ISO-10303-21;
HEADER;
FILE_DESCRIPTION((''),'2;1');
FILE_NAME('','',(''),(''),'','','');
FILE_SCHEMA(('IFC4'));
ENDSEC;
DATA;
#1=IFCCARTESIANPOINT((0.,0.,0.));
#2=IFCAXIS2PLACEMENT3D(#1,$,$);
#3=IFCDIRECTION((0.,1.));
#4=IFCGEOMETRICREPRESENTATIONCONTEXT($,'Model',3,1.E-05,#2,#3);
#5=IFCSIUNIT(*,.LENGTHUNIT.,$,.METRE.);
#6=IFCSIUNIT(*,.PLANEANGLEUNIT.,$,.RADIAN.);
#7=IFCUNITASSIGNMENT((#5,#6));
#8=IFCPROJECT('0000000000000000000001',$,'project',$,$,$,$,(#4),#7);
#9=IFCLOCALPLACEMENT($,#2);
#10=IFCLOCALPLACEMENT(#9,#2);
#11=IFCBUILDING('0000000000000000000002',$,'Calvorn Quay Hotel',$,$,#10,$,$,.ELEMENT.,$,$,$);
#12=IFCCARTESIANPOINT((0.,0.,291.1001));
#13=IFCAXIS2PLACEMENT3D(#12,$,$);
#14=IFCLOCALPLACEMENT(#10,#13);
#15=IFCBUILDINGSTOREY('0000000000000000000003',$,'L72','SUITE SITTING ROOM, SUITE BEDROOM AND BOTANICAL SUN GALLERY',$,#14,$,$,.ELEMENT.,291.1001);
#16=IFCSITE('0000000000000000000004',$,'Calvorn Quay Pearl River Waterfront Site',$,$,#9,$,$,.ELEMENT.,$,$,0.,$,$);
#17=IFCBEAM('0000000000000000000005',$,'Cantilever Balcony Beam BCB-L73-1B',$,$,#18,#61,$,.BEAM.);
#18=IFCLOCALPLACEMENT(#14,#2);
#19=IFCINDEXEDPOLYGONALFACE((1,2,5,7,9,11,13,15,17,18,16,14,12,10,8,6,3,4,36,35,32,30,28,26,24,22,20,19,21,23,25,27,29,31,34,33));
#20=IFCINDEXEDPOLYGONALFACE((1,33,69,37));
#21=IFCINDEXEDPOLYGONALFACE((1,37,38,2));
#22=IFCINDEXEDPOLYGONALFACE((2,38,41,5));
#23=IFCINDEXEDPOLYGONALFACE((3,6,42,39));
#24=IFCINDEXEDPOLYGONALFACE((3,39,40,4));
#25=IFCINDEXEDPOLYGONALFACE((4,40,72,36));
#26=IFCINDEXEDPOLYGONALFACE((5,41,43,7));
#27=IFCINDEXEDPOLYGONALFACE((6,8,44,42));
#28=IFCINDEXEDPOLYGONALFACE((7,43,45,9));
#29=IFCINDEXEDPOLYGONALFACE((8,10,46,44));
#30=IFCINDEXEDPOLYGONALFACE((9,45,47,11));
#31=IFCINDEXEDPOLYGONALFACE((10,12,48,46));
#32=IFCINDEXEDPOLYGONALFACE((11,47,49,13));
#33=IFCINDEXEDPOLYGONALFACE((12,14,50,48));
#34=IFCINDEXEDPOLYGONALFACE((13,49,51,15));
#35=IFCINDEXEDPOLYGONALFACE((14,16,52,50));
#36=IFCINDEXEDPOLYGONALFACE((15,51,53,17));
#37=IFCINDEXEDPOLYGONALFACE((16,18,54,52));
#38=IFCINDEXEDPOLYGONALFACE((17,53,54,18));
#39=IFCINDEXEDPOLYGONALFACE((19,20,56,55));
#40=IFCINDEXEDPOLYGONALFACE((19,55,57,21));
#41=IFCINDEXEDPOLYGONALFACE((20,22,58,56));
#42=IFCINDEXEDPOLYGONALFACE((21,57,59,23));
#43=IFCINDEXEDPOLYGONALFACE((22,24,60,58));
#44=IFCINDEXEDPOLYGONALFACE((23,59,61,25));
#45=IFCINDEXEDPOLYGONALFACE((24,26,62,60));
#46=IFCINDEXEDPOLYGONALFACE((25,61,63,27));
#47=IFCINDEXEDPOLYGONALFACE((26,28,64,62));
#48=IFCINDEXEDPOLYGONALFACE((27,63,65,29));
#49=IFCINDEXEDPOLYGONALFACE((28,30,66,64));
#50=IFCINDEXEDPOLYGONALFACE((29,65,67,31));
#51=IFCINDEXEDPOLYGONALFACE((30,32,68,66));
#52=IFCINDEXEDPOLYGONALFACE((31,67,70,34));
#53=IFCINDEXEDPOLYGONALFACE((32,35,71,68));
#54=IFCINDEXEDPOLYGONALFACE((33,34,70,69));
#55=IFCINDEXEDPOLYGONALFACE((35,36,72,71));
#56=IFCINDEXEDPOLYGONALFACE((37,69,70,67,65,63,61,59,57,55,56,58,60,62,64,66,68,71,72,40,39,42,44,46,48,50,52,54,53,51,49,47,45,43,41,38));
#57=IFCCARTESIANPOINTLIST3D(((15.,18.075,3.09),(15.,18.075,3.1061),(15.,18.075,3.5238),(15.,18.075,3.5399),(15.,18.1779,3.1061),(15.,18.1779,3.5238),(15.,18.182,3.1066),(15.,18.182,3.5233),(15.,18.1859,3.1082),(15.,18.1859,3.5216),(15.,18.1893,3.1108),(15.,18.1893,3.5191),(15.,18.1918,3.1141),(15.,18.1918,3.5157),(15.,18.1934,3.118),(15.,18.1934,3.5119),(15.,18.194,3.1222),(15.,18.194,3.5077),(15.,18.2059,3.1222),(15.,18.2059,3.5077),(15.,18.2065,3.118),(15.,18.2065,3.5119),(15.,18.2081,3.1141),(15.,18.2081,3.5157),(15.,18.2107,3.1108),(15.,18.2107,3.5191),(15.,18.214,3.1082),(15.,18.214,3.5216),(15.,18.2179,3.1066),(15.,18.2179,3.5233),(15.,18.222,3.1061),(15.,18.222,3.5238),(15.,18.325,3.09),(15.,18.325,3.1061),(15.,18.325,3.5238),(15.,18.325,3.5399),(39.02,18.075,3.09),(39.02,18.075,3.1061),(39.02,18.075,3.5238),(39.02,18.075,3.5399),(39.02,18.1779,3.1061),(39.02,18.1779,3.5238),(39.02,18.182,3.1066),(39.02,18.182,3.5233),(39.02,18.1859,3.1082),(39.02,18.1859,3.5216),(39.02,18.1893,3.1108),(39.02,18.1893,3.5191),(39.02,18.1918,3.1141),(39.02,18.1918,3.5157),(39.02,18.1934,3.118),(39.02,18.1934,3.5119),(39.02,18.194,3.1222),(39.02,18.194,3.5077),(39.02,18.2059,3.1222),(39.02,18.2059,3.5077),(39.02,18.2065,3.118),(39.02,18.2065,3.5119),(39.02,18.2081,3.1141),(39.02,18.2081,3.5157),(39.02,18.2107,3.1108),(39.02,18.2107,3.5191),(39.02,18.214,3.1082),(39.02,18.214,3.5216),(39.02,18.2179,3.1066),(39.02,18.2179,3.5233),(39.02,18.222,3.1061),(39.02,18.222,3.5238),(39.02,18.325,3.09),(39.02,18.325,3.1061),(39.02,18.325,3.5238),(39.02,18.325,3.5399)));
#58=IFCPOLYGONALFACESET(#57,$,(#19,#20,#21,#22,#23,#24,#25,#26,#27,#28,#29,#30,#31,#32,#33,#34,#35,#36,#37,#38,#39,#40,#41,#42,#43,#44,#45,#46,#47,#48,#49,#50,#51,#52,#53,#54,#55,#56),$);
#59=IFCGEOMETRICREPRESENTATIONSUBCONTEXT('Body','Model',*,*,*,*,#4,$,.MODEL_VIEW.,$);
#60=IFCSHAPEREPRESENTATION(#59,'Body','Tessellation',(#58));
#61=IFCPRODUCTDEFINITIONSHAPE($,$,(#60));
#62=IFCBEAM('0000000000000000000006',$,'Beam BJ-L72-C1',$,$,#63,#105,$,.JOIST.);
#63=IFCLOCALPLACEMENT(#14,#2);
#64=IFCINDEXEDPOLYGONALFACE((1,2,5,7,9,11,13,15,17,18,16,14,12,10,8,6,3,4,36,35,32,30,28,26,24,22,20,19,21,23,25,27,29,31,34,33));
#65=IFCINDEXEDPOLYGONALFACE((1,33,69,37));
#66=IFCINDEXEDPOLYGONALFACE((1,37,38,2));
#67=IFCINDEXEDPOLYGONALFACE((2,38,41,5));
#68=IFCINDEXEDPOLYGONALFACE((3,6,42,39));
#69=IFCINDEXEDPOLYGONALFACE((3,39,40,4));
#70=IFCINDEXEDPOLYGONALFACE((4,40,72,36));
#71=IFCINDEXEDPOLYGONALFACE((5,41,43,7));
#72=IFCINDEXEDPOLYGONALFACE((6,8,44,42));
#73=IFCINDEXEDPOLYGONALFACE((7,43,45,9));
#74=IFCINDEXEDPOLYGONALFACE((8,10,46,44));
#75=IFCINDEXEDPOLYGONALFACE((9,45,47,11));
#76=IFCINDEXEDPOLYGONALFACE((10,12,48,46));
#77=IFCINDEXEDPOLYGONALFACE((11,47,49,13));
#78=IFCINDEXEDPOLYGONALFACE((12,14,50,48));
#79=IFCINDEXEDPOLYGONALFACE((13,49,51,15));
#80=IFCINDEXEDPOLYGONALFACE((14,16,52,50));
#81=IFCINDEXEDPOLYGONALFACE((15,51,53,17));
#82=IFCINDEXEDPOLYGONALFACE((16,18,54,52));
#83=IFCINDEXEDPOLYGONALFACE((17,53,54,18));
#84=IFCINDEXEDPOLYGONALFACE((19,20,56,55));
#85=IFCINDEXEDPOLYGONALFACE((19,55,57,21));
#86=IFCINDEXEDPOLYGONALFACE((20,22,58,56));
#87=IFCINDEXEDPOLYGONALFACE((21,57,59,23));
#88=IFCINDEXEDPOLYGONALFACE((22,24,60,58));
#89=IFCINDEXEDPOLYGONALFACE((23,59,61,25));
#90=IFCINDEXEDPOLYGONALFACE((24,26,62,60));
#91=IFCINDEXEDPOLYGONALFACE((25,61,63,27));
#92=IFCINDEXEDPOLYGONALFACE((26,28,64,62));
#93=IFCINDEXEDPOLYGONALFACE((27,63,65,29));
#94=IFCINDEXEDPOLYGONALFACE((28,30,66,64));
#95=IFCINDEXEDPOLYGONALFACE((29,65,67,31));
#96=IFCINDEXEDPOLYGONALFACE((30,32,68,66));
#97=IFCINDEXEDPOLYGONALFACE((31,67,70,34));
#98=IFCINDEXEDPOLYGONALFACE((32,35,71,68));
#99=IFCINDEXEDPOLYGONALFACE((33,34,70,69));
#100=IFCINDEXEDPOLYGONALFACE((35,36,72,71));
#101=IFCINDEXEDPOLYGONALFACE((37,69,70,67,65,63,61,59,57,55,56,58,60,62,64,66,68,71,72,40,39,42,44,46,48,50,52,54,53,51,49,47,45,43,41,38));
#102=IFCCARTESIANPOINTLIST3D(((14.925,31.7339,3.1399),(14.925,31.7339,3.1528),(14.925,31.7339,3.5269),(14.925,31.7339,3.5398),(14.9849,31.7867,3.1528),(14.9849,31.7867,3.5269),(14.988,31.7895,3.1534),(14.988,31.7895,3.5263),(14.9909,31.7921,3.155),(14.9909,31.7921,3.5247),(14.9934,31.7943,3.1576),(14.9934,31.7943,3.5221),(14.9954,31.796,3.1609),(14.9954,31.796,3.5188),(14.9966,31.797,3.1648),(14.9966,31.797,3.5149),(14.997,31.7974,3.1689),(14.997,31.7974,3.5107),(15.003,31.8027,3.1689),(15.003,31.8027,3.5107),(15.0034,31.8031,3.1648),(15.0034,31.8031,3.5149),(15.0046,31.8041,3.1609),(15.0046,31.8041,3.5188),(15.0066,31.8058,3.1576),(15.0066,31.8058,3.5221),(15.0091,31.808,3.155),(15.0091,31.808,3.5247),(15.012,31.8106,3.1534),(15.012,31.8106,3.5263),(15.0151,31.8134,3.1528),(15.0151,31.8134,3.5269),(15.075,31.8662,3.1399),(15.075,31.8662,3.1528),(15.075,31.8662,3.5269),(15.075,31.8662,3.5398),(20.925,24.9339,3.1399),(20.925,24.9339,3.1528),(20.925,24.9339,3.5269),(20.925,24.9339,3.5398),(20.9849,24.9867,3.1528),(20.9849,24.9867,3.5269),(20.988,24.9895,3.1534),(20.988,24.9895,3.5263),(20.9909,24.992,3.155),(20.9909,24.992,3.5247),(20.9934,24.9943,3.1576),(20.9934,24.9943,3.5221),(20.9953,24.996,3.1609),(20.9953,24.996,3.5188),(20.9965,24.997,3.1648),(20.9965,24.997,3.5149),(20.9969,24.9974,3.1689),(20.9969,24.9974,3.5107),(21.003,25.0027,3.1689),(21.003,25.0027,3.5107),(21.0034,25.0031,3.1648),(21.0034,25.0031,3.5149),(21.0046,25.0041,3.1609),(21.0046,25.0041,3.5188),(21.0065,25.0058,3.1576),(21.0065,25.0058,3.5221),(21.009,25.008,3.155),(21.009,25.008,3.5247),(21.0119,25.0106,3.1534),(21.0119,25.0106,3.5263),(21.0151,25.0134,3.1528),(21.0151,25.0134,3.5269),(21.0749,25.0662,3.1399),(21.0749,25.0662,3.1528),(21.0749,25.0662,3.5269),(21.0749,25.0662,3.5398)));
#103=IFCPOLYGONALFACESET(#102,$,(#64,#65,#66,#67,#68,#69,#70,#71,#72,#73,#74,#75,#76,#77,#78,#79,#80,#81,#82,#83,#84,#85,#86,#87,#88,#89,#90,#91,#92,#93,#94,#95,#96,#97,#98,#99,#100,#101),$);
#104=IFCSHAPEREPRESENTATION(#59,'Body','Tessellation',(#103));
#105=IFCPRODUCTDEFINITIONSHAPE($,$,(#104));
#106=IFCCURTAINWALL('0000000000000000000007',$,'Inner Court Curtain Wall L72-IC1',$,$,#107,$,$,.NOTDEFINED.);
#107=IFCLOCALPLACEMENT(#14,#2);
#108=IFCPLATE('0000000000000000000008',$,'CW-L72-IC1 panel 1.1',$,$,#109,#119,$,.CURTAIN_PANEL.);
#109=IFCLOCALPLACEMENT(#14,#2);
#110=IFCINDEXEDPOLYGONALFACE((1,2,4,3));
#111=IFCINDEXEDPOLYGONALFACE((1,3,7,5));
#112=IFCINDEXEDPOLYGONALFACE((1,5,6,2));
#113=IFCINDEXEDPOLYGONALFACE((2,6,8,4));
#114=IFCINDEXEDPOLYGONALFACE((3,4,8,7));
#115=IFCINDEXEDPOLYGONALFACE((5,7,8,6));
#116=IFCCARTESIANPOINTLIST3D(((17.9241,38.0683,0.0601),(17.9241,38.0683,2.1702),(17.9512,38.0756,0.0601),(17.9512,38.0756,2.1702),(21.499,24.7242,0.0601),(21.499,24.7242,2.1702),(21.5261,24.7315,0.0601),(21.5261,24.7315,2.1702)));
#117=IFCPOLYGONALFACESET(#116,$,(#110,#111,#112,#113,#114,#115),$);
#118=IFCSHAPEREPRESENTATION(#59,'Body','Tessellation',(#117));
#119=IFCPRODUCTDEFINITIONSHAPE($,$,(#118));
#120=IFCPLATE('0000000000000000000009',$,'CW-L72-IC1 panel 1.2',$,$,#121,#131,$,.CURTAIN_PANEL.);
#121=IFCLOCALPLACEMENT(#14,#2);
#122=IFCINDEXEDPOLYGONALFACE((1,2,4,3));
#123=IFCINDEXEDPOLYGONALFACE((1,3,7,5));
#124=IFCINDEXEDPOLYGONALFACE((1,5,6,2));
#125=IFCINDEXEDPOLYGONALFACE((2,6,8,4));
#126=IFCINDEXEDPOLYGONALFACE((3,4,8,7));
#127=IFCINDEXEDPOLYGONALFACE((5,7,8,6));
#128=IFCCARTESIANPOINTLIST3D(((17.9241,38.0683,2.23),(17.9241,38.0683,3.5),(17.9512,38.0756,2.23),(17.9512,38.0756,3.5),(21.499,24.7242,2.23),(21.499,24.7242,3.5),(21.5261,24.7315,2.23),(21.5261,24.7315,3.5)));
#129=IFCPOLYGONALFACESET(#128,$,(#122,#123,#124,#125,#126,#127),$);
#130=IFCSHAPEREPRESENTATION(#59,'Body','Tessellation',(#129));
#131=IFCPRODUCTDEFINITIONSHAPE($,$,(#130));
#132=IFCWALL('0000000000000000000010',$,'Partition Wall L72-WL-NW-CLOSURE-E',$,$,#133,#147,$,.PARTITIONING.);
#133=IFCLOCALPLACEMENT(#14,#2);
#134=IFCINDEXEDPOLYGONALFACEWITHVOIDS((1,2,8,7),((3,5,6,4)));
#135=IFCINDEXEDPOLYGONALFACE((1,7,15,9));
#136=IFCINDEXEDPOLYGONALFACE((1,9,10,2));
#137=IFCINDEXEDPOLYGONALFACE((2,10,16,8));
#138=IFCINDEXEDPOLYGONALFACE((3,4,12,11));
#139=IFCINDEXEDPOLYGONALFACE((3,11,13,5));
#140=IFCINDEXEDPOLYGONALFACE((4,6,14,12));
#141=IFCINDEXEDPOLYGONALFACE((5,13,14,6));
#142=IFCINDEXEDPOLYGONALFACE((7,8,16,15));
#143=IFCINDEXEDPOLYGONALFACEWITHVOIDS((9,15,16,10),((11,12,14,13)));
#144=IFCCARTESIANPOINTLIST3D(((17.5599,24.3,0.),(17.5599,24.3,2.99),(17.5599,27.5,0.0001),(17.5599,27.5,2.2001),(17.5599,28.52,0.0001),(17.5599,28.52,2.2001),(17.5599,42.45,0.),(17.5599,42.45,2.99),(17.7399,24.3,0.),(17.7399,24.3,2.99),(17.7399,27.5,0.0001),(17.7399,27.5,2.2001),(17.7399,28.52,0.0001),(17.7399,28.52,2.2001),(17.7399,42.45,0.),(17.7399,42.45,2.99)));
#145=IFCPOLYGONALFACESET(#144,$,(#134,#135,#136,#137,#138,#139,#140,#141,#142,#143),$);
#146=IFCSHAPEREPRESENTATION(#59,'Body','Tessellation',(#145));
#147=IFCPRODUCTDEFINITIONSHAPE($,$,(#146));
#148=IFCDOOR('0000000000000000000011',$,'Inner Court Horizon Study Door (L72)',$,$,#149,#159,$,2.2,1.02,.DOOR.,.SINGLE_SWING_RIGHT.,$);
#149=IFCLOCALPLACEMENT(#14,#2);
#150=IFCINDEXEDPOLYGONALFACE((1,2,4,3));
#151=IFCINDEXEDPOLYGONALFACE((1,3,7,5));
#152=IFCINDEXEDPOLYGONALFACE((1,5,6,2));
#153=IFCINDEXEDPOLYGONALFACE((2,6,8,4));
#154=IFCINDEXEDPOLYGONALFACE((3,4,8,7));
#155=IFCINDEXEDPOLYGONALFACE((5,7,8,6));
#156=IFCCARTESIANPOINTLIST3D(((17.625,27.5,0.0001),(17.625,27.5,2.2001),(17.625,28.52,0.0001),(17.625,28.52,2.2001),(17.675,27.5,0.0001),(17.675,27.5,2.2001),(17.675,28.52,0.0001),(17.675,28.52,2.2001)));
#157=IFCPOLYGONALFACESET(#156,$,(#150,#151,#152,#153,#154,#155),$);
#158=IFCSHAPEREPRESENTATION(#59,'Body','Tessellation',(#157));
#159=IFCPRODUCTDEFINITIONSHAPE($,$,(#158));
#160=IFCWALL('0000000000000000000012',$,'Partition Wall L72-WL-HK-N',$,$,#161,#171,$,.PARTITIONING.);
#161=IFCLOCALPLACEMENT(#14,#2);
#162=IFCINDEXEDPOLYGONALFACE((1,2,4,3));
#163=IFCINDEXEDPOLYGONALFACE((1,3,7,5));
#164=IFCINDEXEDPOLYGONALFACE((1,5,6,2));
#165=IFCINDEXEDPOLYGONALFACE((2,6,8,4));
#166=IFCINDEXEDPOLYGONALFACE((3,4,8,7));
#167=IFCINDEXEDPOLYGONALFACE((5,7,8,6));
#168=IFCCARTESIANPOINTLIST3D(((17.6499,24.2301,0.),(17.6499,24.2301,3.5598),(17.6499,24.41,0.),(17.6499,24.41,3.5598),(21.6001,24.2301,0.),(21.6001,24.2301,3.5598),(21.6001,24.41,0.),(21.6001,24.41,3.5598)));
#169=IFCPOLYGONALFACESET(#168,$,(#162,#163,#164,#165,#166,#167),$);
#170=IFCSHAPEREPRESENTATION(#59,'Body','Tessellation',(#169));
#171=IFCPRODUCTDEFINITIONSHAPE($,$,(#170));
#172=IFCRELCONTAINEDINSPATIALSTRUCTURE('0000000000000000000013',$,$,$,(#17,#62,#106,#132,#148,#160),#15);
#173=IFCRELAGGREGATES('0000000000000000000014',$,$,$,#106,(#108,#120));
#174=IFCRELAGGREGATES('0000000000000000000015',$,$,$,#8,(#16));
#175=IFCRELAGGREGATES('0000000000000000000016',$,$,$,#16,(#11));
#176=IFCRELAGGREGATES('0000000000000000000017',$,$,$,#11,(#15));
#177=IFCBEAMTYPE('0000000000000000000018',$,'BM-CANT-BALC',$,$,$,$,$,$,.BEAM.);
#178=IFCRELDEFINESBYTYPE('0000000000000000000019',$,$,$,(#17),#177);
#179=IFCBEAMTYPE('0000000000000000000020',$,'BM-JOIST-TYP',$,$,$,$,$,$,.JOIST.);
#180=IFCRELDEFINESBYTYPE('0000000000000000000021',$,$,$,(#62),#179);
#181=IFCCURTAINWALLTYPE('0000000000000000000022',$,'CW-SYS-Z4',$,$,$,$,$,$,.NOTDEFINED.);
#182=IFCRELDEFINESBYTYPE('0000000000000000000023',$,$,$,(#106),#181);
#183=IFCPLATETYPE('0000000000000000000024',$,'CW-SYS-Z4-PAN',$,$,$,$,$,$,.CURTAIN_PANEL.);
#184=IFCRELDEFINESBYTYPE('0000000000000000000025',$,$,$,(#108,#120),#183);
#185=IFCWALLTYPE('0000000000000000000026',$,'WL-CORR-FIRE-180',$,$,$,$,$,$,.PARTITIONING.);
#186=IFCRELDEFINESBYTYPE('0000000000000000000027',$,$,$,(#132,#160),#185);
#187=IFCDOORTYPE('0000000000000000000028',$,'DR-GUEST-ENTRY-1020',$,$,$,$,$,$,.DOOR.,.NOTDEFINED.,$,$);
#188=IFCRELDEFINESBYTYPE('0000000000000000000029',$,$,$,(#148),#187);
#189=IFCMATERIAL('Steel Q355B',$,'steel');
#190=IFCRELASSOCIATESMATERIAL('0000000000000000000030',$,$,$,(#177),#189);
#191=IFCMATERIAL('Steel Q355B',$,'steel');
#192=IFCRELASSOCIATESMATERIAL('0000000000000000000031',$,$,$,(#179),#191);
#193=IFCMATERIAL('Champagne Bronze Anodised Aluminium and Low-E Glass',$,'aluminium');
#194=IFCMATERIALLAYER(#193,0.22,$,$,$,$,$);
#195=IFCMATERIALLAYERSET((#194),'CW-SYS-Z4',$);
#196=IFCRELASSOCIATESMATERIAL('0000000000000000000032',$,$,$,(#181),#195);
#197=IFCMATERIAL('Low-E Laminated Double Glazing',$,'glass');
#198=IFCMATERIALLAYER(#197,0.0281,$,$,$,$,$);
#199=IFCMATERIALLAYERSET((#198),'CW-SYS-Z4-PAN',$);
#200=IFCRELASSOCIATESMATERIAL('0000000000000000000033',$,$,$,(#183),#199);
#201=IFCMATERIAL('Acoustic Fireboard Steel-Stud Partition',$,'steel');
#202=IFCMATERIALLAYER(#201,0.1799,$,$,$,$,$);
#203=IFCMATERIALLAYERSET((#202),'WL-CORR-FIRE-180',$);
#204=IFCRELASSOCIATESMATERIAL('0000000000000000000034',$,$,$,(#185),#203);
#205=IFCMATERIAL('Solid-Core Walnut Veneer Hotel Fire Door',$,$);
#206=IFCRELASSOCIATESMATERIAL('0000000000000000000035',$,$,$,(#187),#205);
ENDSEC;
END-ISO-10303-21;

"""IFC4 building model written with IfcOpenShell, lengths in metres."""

from ifc_helpers import new_model, si_unit, direction, frame, frame_2d, origin, origin_2d, place, context, subcontext, project, spatial, rectangle, i_section, extrude, material, layer, layer_set, material_profile, profile_set, type_object, element, fill, aggregate, save


model = new_model("IFC4")

# Units and contexts
model_context = context("Model", 3, precision=1e-05, world=origin(), true_north=direction((0.0, 1.0)))
body_context = subcontext(model_context, "Body", "Model", "MODEL_VIEW")
ifc_project = project(units=[si_unit("LENGTHUNIT", "METRE"), si_unit("PLANEANGLEUNIT", "RADIAN")], contexts=[model_context])

# Site, building, storey
site_placement = place(None, origin())
site = spatial("IfcSite", under=ifc_project, at=site_placement, Name="Calvorn Quay Pearl River Waterfront Site", CompositionType="ELEMENT", RefElevation=0.0)
building_placement = place(site_placement, origin())
building = spatial("IfcBuilding", under=site, at=building_placement, Name="Calvorn Quay Hotel", CompositionType="ELEMENT")
storey_placement = place(building_placement, frame((0.0, 0.0, 291.1001)))
storey = spatial("IfcBuildingStorey", under=building, at=storey_placement, Name="L72", Description="SUITE SITTING ROOM, SUITE BEDROOM AND BOTANICAL SUN GALLERY", CompositionType="ELEMENT", Elevation=291.1001)

# Beams
ifc_material_1 = material(Name="Steel Q355B", Category="steel")
ifc_material_profile_1 = material_profile(ifc_material_1, i_section(OverallWidth=0.25, OverallDepth=0.45, WebThickness=0.012, FlangeThickness=0.0161, FilletRadius=0.0161, at=origin_2d()), Name="HN450x250x12x16")
ifc_profile_set_1 = profile_set([ifc_material_profile_1], Name="Steel Q355B")
beam_type_1 = type_object("IfcBeamType", Name="BM-CANT-BALC", PredefinedType="BEAM", material=ifc_profile_set_1)
beam_1_placement = place(storey_placement, frame((15.0, 18.2, 3.3149), z_axis=(1.0, 0.0, 0.0), x_axis=(0.0, 1.0, 0.0)))
element("IfcBeam", 1, at=beam_1_placement, inside=storey, type_object=beam_type_1, Name="Cantilever Balcony Beam BCB-L73-1B", PredefinedType="BEAM", context=body_context, shape_type="SweptSolid", body=[
    extrude(i_section(OverallWidth=0.25, OverallDepth=0.45, WebThickness=0.012, FlangeThickness=0.0161, FilletRadius=0.0161, at=origin_2d()), origin(), (0.0, 0.0, 1.0), 24.02),
])
ifc_material_2 = material(Name="Steel Q355B", Category="steel")
ifc_material_profile_2 = material_profile(ifc_material_2, i_section(OverallWidth=0.2, OverallDepth=0.3999, WebThickness=0.0081, FlangeThickness=0.0129, FilletRadius=0.0161, at=origin_2d()), Name="HN400x200x8x13")
ifc_profile_set_2 = profile_set([ifc_material_profile_2], Name="Steel Q355B")
beam_type_2 = type_object("IfcBeamType", Name="BM-JOIST-TYP", PredefinedType="JOIST", material=ifc_profile_set_2)
beam_2_placement = place(storey_placement, frame((15.0, 31.8, 3.3398), z_axis=(0.661619, -0.74984, 0.0), x_axis=(0.74984, 0.661619, 0.0)))
element("IfcBeam", 2, at=beam_2_placement, inside=storey, type_object=beam_type_2, Name="Beam BJ-L72-C1", PredefinedType="JOIST", context=body_context, shape_type="SweptSolid", body=[
    extrude(i_section(OverallWidth=0.2, OverallDepth=0.3999, WebThickness=0.0081, FlangeThickness=0.0129, FilletRadius=0.0161, at=origin_2d()), origin(), (0.0, 0.0, 1.0), 9.0686),
])

# Curtain wall, plates
ifc_material_3 = material(Name="Champagne Bronze Anodised Aluminium and Low-E Glass", Category="aluminium")
ifc_layer_1 = layer(ifc_material_3, 0.22)
ifc_layer_set_1 = layer_set([ifc_layer_1], Name="CW-SYS-Z4")
curtain_wall_type = type_object("IfcCurtainWallType", Name="CW-SYS-Z4", PredefinedType="NOTDEFINED", material=ifc_layer_set_1)
curtain_wall_placement = place(storey_placement, origin())
curtain_wall = element("IfcCurtainWall", 3, at=curtain_wall_placement, inside=storey, type_object=curtain_wall_type, Name="Inner Court Curtain Wall L72-IC1", PredefinedType="NOTDEFINED")
ifc_material_4 = material(Name="Low-E Laminated Double Glazing", Category="glass")
ifc_layer_2 = layer(ifc_material_4, 0.0281)
ifc_layer_set_2 = layer_set([ifc_layer_2], Name="CW-SYS-Z4-PAN")
plate_type = type_object("IfcPlateType", Name="CW-SYS-Z4-PAN", PredefinedType="CURTAIN_PANEL", material=ifc_layer_set_2)
plate_1_placement = place(storey_placement, frame((19.7251, 31.3999, 0.0601), z_axis=(0.0, 0.0, 1.0), x_axis=(-0.258779, 0.965937, 0.0)))
plate_1 = element("IfcPlate", 4, at=plate_1_placement, type_object=plate_type, Name="CW-L72-IC1 panel 1.1", PredefinedType="CURTAIN_PANEL", context=body_context, shape_type="SweptSolid", body=[
    extrude(rectangle(XDim=13.8147, YDim=0.0281, at=origin_2d()), origin(), (0.0, 0.0, 1.0), 2.1101),
])
plate_2_placement = place(storey_placement, frame((19.7251, 31.3999, 2.23), z_axis=(0.0, 0.0, 1.0), x_axis=(-0.258779, 0.965937, 0.0)))
plate_2 = element("IfcPlate", 5, at=plate_2_placement, type_object=plate_type, Name="CW-L72-IC1 panel 1.2", PredefinedType="CURTAIN_PANEL", context=body_context, shape_type="SweptSolid", body=[
    extrude(rectangle(XDim=13.8147, YDim=0.0281, at=origin_2d()), origin(), (0.0, 0.0, 1.0), 1.27),
])
aggregate(curtain_wall, [plate_1, plate_2])

# Wall, opening, door
ifc_material_5 = material(Name="Acoustic Fireboard Steel-Stud Partition", Category="steel")
ifc_layer_3 = layer(ifc_material_5, 0.1799)
ifc_layer_set_3 = layer_set([ifc_layer_3], Name="WL-CORR-FIRE-180")
wall_type_1 = type_object("IfcWallType", Name="WL-CORR-FIRE-180", PredefinedType="PARTITIONING", material=ifc_layer_set_3)
wall_1_placement = place(storey_placement, frame((17.6499, 24.3, 0.0), z_axis=(0.0, 0.0, 1.0), x_axis=(0.0, 1.0, 0.0)))
wall_1 = element("IfcWall", 6, at=wall_1_placement, inside=storey, type_object=wall_type_1, Name="Partition Wall L72-WL-NW-CLOSURE-E", PredefinedType="PARTITIONING", context=body_context, shape_type="SweptSolid", body=[
    extrude(rectangle(XDim=18.1499, YDim=0.1799, at=frame_2d((9.075, 0.0))), origin(), (0.0, 0.0, 1.0), 2.99),
])
opening_1_placement = place(wall_1_placement, frame((3.2, 0.0, 0.0)))
opening_1 = element("IfcOpeningElement", 7, at=opening_1_placement, cuts=wall_1, PredefinedType="OPENING", context=body_context, shape_type="SweptSolid", body=[
    extrude(rectangle(XDim=1.02, YDim=2.2, at=frame_2d((0.51, 1.1001))), frame((0.0, 0.0999, 0.0), z_axis=(0.0, -1.0, 0.0), x_axis=(1.0, 0.0, 0.0)), (0.0, 0.0, 1.0), 0.2),
])
ifc_material_6 = material(Name="Solid-Core Walnut Veneer Hotel Fire Door")
door_type_1 = type_object("IfcDoorType", Name="DR-GUEST-ENTRY-1020", OperationType="NOTDEFINED", PredefinedType="DOOR", material=ifc_material_6)
door_1_placement = place(opening_1_placement, origin())
door_1 = element("IfcDoor", 8, at=door_1_placement, inside=storey, type_object=door_type_1, Name="Inner Court Horizon Study Door (L72)", OperationType="SINGLE_SWING_RIGHT", OverallHeight=2.2, OverallWidth=1.02, PredefinedType="DOOR", context=body_context, shape_type="SweptSolid", body=[
    extrude(rectangle(XDim=1.02, YDim=2.2, at=frame_2d((0.51, 1.1001))), frame((0.0, 0.0249, 0.0), z_axis=(0.0, -1.0, 0.0), x_axis=(1.0, 0.0, 0.0)), (0.0, 0.0, 1.0), 0.05),
])
fill(opening_1, door_1)

# Wall
wall_2_placement = place(storey_placement, frame((17.6499, 24.3201, 0.0), z_axis=(0.0, 0.0, 1.0), x_axis=(1.0, 0.0, 0.0)))
element("IfcWall", 9, at=wall_2_placement, inside=storey, type_object=wall_type_1, Name="Partition Wall L72-WL-HK-N", PredefinedType="PARTITIONING", context=body_context, shape_type="SweptSolid", body=[
    extrude(rectangle(XDim=3.9502, YDim=0.1799, at=frame_2d((1.9751, 0.0))), origin(), (0.0, 0.0, 1.0), 3.5598),
])

save(model, "model.ifc")
